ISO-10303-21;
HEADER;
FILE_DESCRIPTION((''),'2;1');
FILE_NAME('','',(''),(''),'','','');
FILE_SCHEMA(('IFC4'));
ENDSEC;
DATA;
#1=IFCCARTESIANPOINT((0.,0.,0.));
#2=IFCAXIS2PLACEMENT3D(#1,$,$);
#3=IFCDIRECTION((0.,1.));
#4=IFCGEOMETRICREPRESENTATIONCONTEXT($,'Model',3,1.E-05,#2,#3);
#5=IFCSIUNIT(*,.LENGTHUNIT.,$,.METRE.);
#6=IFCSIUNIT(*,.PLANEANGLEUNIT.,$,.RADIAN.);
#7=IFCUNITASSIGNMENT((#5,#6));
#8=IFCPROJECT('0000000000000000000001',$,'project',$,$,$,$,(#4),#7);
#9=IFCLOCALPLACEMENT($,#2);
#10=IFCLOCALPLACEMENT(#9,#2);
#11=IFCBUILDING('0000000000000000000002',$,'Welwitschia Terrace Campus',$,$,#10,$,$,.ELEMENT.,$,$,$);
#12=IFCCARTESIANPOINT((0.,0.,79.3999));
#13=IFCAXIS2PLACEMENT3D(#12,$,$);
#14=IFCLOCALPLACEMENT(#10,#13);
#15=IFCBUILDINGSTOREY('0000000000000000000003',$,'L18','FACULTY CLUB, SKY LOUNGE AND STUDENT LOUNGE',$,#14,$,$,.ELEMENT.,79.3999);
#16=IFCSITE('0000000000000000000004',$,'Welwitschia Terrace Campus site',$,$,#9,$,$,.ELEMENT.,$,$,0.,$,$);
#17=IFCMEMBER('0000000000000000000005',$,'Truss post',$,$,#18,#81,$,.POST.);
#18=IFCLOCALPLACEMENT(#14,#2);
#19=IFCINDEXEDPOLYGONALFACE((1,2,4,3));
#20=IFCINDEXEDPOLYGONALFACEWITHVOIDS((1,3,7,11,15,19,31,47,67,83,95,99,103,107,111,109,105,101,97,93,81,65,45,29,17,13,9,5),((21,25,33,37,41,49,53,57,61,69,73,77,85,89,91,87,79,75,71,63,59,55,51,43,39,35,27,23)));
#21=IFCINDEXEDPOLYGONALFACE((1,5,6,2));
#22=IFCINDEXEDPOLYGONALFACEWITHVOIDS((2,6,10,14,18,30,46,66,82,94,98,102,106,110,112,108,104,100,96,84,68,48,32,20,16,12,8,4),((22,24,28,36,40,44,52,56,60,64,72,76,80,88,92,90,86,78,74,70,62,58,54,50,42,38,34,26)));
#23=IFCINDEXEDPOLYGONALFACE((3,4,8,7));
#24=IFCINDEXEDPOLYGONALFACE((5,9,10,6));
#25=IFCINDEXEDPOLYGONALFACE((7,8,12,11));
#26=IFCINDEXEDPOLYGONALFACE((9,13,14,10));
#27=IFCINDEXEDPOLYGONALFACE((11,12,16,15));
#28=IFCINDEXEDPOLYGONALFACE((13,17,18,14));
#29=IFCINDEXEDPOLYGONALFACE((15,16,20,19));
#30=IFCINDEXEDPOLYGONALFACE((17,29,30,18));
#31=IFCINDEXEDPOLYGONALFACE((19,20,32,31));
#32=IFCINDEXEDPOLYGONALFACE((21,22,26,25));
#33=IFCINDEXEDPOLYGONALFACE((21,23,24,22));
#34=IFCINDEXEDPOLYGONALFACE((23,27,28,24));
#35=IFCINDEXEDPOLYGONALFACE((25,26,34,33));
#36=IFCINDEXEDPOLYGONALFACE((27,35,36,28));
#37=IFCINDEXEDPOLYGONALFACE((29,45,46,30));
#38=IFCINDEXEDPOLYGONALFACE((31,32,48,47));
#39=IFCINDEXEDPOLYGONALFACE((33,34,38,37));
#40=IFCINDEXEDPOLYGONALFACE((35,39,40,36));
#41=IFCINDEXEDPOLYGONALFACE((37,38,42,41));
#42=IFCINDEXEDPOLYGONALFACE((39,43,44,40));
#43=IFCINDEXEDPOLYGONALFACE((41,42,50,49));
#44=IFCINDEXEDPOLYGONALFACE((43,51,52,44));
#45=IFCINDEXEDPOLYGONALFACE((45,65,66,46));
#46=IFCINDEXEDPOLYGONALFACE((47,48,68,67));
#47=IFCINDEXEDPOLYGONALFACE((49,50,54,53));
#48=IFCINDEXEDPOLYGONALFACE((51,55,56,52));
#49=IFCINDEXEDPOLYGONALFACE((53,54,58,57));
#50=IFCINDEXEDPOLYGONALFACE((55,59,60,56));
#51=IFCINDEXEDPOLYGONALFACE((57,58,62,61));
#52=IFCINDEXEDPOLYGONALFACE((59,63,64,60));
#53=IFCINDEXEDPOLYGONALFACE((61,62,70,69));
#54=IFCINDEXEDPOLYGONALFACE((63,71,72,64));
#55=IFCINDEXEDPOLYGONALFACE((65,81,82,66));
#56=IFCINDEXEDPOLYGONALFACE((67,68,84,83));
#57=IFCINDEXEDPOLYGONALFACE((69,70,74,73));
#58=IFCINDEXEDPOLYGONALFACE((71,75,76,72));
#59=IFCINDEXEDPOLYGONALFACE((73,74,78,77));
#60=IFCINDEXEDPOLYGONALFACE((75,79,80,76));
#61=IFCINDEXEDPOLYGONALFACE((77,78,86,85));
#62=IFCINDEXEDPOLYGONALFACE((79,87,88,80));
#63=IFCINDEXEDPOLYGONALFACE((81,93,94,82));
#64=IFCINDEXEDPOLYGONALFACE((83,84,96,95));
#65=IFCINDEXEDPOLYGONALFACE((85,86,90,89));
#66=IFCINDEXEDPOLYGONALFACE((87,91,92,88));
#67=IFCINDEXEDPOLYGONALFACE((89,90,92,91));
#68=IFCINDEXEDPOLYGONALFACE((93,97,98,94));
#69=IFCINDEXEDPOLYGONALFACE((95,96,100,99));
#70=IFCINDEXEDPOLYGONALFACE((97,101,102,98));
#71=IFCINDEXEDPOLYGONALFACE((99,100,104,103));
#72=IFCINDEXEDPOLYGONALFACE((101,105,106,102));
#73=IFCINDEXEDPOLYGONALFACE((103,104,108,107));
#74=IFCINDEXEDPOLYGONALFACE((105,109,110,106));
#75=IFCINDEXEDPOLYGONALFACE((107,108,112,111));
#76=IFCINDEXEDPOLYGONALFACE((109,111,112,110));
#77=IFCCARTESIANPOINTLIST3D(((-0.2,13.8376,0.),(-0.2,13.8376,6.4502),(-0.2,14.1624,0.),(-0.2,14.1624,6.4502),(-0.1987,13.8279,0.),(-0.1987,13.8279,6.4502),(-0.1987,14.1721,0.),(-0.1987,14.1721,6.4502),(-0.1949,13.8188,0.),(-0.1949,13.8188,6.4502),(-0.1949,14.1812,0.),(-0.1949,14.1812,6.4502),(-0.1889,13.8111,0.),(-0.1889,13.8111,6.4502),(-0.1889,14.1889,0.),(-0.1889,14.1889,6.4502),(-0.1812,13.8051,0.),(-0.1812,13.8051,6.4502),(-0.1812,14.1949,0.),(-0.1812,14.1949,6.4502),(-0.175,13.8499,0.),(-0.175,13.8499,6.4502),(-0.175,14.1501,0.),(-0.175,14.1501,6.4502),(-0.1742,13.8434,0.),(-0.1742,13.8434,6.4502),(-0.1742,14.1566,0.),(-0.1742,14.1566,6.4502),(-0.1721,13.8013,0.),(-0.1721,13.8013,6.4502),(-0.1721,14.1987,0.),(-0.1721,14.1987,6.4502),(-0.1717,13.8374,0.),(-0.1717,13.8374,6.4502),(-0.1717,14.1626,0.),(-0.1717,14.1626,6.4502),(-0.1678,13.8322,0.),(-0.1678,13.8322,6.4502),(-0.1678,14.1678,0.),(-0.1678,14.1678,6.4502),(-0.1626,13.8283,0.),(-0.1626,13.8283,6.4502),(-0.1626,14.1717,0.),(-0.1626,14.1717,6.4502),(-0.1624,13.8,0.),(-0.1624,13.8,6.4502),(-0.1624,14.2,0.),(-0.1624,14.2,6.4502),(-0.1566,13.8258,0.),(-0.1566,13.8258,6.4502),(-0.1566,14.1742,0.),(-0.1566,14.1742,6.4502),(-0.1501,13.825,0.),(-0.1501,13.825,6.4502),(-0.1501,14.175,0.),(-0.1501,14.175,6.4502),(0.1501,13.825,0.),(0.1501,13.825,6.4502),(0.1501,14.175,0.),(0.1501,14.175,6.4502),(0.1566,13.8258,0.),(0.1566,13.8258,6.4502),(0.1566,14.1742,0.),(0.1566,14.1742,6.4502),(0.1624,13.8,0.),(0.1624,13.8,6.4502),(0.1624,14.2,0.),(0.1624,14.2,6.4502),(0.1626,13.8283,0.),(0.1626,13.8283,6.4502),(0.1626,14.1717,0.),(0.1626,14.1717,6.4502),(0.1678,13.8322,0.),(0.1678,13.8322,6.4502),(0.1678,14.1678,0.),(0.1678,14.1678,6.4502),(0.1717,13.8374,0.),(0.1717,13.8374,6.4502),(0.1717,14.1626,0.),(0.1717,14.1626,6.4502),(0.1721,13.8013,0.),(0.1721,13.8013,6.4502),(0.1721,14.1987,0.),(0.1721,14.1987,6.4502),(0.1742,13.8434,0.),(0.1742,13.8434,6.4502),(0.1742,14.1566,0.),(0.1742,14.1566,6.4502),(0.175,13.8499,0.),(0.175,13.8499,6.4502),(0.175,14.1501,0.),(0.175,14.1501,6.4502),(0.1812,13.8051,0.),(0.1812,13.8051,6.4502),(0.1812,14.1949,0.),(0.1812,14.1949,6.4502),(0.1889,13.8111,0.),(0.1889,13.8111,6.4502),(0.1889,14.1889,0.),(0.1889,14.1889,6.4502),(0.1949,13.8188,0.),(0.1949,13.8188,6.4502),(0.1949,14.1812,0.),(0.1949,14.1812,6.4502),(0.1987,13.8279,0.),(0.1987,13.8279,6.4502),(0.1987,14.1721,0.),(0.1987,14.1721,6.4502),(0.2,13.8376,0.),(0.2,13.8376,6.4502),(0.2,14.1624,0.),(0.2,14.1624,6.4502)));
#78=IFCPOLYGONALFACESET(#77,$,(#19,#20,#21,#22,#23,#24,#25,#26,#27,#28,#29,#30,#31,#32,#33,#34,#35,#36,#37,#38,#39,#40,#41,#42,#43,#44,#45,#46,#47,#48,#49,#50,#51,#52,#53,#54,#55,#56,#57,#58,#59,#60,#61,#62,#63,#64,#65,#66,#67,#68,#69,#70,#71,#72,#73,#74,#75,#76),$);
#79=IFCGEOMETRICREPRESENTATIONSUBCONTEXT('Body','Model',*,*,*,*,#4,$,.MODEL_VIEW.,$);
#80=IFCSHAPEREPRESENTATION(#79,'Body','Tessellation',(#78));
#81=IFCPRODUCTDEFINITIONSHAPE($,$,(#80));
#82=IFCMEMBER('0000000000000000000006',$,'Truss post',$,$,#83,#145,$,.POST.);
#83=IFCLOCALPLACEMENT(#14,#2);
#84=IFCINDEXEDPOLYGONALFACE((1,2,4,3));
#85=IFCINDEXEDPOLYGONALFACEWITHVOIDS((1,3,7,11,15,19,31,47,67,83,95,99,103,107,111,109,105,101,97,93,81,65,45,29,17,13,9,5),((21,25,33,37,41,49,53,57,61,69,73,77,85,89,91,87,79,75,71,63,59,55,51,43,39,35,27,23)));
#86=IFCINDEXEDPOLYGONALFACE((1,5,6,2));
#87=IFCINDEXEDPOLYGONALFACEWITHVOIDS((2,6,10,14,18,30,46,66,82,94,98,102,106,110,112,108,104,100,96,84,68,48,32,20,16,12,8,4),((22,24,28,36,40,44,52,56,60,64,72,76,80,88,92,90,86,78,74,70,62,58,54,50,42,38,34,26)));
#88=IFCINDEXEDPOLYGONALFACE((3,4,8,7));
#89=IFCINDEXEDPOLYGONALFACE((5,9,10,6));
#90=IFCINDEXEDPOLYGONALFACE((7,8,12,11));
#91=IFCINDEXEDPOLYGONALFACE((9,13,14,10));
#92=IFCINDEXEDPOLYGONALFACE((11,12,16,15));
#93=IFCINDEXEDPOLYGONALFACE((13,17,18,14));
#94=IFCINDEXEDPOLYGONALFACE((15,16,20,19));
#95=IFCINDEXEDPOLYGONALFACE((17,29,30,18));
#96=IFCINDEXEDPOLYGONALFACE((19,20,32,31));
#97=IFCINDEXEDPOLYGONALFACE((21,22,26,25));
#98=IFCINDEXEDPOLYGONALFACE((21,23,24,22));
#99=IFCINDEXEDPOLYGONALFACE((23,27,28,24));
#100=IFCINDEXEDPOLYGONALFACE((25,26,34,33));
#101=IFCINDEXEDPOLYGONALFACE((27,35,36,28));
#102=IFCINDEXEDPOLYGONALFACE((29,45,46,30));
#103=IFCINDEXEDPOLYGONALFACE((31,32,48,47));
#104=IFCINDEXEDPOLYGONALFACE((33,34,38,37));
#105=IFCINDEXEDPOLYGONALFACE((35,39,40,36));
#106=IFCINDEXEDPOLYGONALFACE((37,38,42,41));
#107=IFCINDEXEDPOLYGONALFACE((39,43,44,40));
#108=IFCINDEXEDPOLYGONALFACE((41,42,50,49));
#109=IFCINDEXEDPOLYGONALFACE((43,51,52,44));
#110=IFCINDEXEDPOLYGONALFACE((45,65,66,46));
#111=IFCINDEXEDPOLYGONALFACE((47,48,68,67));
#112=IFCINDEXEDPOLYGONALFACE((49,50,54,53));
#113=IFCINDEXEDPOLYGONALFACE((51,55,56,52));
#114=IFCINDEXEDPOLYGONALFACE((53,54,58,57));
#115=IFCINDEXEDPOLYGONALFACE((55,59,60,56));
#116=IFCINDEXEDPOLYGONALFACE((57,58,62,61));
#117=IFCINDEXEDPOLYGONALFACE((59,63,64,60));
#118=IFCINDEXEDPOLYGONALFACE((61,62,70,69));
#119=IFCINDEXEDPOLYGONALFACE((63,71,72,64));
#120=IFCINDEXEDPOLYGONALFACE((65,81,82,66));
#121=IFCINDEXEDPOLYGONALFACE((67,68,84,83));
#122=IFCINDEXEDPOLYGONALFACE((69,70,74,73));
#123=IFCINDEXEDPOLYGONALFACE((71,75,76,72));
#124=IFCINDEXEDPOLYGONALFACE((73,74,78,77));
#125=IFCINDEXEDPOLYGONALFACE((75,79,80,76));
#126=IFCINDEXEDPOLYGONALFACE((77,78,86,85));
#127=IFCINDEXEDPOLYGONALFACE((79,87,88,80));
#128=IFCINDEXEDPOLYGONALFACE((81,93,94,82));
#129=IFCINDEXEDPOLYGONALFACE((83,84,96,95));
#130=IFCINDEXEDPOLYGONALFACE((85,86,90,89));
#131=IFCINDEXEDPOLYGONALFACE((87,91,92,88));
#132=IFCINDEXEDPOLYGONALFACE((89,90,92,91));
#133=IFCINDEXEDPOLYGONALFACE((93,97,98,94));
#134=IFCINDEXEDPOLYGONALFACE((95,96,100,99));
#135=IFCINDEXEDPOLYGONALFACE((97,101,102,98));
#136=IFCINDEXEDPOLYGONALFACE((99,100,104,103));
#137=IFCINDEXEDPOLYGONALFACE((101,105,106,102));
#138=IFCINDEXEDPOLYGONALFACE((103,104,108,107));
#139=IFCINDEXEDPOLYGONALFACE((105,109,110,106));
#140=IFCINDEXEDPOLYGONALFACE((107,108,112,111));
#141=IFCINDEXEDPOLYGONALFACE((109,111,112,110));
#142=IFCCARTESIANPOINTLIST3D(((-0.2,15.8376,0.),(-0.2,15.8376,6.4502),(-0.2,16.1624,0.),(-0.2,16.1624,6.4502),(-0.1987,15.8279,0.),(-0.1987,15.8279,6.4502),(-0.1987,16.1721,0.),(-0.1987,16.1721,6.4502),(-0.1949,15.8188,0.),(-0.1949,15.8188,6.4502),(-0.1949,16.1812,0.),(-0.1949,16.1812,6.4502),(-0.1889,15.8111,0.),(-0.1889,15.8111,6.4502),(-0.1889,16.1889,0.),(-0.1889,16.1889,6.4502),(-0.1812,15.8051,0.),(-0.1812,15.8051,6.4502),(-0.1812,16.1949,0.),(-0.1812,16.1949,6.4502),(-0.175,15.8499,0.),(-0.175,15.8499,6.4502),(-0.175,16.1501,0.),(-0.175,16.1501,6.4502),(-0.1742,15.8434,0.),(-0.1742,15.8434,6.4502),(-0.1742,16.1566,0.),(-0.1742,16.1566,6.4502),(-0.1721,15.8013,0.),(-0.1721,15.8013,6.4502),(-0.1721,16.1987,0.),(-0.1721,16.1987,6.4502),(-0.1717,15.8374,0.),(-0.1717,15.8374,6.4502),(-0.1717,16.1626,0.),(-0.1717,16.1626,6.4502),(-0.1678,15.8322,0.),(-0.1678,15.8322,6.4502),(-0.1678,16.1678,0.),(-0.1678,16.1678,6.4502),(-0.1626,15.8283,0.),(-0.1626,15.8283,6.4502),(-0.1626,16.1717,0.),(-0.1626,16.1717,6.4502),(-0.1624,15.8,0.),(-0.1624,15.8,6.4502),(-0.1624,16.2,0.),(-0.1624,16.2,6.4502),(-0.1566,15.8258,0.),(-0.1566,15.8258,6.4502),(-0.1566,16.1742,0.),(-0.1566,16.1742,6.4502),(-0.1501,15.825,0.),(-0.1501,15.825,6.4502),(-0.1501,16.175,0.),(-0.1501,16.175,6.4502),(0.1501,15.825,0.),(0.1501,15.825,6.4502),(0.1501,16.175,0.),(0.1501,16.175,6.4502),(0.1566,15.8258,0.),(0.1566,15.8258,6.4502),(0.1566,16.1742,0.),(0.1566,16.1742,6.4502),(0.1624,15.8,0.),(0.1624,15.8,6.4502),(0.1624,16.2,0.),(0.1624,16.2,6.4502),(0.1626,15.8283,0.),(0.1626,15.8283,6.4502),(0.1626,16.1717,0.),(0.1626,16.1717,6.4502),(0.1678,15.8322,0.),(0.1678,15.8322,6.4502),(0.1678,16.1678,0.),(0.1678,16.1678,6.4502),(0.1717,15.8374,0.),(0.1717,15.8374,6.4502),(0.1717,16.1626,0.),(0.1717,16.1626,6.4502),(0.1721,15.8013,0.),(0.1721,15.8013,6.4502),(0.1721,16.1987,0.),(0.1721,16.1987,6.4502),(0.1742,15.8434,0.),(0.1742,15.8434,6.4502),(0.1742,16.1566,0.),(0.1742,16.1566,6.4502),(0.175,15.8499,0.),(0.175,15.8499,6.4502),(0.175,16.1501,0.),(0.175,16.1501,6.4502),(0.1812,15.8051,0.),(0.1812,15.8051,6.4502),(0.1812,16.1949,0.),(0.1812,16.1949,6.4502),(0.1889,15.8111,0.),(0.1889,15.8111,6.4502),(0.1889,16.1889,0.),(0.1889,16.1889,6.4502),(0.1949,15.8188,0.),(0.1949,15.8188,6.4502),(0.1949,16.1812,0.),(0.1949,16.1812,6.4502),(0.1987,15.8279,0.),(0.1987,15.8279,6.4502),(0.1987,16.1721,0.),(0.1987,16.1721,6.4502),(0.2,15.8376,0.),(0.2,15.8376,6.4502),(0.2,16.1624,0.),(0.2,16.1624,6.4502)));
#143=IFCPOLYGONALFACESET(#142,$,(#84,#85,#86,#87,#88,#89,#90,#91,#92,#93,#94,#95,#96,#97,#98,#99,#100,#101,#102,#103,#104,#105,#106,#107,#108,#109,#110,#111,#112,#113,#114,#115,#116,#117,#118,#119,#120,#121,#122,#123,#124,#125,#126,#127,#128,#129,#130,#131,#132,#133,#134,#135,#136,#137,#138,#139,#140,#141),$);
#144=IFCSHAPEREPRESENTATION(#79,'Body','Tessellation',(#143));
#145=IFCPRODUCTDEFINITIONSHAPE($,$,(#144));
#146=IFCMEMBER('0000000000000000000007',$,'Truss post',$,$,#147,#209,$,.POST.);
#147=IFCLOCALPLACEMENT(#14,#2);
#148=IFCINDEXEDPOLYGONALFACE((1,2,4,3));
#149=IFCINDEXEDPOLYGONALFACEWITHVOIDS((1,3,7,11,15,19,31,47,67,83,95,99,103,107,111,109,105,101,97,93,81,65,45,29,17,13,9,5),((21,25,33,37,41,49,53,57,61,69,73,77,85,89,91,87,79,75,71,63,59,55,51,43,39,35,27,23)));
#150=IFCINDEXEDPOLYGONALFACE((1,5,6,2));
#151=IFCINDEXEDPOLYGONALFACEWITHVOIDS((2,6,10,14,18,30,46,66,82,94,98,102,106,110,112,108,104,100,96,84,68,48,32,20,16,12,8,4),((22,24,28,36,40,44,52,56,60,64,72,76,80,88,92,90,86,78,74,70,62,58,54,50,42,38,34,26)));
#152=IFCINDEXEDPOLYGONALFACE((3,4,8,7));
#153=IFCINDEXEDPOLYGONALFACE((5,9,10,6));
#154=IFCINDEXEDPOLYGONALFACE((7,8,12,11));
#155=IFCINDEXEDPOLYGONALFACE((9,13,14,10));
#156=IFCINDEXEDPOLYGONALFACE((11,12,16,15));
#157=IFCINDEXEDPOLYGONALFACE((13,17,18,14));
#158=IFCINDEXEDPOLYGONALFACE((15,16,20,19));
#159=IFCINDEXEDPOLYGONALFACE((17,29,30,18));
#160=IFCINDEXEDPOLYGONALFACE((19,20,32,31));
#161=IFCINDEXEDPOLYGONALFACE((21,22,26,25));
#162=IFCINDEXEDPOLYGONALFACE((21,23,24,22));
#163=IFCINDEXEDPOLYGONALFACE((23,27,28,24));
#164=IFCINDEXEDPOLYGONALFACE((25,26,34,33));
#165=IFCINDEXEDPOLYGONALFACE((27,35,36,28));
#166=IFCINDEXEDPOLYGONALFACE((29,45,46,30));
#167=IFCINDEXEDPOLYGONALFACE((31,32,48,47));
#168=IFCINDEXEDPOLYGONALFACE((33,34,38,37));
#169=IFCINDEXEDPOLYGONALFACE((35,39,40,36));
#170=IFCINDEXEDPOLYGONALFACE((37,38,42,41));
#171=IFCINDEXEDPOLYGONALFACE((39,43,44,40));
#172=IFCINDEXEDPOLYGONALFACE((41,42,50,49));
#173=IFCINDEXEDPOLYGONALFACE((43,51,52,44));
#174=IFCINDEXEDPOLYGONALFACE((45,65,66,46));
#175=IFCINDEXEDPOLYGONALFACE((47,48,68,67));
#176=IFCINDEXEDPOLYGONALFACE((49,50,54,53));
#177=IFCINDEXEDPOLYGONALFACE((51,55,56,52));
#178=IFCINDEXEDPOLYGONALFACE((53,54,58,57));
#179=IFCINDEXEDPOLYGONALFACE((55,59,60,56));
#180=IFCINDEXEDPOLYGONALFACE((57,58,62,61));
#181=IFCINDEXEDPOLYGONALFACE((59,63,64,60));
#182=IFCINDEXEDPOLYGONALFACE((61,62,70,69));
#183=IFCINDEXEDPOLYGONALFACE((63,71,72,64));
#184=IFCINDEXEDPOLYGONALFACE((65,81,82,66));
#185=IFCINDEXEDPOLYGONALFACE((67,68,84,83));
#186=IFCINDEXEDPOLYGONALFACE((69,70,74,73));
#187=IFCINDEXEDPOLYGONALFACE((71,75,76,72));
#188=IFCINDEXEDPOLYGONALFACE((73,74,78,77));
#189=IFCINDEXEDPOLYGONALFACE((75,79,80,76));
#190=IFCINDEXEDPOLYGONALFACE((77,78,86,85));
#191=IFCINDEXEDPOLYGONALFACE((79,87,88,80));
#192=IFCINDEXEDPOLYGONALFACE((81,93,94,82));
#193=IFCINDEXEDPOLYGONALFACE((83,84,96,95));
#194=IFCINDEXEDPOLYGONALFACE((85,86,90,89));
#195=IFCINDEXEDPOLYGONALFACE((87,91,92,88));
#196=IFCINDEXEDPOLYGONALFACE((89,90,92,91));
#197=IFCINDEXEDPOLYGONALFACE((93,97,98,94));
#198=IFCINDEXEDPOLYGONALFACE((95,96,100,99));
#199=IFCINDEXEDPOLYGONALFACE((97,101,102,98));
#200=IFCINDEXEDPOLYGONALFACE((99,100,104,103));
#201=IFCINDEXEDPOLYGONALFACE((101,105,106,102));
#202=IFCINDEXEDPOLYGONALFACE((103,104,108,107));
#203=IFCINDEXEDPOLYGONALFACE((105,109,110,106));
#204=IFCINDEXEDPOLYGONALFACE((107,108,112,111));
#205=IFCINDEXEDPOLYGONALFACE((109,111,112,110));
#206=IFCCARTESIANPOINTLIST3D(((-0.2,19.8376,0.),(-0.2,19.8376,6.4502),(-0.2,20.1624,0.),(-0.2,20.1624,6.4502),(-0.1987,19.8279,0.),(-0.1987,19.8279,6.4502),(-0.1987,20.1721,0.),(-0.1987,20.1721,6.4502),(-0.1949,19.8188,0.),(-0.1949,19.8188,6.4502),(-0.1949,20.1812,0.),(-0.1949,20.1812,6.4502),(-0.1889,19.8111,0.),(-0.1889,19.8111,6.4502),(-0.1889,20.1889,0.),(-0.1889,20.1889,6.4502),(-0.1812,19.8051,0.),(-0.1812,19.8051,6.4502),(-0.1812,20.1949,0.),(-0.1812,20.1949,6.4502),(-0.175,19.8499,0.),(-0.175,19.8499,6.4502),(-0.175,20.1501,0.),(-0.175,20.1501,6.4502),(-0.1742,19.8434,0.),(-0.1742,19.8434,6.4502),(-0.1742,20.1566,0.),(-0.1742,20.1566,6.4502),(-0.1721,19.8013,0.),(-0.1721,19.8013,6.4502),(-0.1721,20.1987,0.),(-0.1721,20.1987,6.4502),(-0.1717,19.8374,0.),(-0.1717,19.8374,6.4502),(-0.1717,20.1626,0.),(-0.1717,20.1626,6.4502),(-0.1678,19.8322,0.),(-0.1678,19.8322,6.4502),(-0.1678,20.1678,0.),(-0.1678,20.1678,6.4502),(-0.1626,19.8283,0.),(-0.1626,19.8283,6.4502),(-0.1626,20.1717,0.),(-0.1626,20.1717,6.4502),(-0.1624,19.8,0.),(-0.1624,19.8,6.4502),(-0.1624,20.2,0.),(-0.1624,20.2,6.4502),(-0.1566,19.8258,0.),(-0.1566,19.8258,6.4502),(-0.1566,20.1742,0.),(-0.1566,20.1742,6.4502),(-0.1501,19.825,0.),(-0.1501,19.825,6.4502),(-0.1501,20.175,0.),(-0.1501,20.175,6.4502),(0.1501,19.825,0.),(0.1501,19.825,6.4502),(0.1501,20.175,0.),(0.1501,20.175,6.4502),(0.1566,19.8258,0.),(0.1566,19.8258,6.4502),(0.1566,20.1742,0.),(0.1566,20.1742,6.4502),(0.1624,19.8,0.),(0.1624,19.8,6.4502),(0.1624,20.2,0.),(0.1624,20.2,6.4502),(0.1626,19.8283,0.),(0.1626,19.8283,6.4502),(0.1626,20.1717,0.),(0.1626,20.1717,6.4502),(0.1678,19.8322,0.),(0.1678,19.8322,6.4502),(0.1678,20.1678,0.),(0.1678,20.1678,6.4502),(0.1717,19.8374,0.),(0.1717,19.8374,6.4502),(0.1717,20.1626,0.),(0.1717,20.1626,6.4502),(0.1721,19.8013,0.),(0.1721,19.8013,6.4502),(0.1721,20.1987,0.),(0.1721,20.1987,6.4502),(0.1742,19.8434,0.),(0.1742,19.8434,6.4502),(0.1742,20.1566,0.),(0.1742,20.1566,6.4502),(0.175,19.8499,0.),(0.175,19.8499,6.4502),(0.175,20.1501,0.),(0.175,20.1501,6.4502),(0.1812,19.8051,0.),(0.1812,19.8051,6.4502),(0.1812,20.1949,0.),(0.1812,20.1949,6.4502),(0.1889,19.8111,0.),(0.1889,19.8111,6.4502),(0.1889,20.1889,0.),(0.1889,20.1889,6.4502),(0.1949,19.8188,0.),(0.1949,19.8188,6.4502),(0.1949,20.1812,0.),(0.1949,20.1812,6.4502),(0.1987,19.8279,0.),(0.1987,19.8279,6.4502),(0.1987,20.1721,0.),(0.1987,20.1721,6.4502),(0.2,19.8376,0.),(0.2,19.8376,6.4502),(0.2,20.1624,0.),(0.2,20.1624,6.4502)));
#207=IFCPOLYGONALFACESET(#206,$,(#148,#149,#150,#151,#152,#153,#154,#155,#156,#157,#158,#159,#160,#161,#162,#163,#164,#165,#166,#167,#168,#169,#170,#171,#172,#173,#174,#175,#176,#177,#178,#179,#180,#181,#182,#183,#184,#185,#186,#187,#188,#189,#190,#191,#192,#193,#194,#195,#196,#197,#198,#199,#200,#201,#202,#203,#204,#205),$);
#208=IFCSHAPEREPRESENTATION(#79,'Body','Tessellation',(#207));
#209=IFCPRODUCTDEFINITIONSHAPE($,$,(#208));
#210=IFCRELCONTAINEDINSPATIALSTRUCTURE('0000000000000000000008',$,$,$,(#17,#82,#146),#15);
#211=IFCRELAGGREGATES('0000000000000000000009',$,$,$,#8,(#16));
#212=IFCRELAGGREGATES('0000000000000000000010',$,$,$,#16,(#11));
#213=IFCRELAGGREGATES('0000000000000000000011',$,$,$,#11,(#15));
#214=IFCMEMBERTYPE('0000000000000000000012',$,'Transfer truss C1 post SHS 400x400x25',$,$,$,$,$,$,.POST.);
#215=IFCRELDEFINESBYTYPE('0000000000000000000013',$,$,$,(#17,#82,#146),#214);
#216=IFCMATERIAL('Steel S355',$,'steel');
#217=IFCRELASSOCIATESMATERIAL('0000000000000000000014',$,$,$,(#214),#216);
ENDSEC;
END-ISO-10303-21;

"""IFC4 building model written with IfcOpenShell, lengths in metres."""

from ifc_helpers import new_model, si_unit, direction, frame, origin, origin_2d, place, context, subcontext, project, spatial, hollow_rectangle, extrude, material, material_profile, profile_set, type_object, element, save


model = new_model("IFC4")

# Units and contexts
model_context = context("Model", 3, precision=1e-05, world=origin(), true_north=direction((0.0, 1.0)))
body_context = subcontext(model_context, "Body", "Model", "MODEL_VIEW")
ifc_project = project(units=[si_unit("LENGTHUNIT", "METRE"), si_unit("PLANEANGLEUNIT", "RADIAN")], contexts=[model_context])

# Site, building, storey
site_placement = place(None, origin())
site = spatial("IfcSite", under=ifc_project, at=site_placement, Name="Welwitschia Terrace Campus site", CompositionType="ELEMENT", RefElevation=0.0)
building_placement = place(site_placement, origin())
building = spatial("IfcBuilding", under=site, at=building_placement, Name="Welwitschia Terrace Campus", CompositionType="ELEMENT")
storey_placement = place(building_placement, frame((0.0, 0.0, 79.3999)))
storey = spatial("IfcBuildingStorey", under=building, at=storey_placement, Name="L18", Description="FACULTY CLUB, SKY LOUNGE AND STUDENT LOUNGE", CompositionType="ELEMENT", Elevation=79.3999)

# Members
ifc_material_1 = material(Name="Steel S355", Category="steel")
ifc_material_profile_1 = material_profile(ifc_material_1, hollow_rectangle(XDim=0.3999, YDim=0.3999, WallThickness=0.0249, InnerFilletRadius=0.0249, OuterFilletRadius=0.0376, at=origin_2d()))
ifc_profile_set_1 = profile_set([ifc_material_profile_1], Name="Steel S355")
member_type_1 = type_object("IfcMemberType", Name="Transfer truss C1 post SHS 400x400x25", PredefinedType="POST", material=ifc_profile_set_1)
for number, where, z_axis, x_axis, name in (
    (1, (0.0, 14.0, 0.0), (0.0, 0.0, 1.0), (1.0, 0.0, 0.0), "Truss post"),
    (2, (0.0, 16.0, 0.0), (0.0, 0.0, 1.0), (1.0, 0.0, 0.0), "Truss post"),
    (3, (0.0, 20.0, 0.0), (0.0, 0.0, 1.0), (1.0, 0.0, 0.0), "Truss post"),
):
    element("IfcMember", number, at=place(storey_placement, frame(where, z_axis=z_axis, x_axis=x_axis)), inside=storey, type_object=member_type_1, Name=name, PredefinedType="POST", context=body_context, shape_type="SweptSolid", body=[
        extrude(hollow_rectangle(XDim=0.3999, YDim=0.3999, WallThickness=0.0249, InnerFilletRadius=0.0249, OuterFilletRadius=0.0376, at=origin_2d()), origin(), (0.0, 0.0, 1.0), 6.4502),
    ])

save(model, "model.ifc")
